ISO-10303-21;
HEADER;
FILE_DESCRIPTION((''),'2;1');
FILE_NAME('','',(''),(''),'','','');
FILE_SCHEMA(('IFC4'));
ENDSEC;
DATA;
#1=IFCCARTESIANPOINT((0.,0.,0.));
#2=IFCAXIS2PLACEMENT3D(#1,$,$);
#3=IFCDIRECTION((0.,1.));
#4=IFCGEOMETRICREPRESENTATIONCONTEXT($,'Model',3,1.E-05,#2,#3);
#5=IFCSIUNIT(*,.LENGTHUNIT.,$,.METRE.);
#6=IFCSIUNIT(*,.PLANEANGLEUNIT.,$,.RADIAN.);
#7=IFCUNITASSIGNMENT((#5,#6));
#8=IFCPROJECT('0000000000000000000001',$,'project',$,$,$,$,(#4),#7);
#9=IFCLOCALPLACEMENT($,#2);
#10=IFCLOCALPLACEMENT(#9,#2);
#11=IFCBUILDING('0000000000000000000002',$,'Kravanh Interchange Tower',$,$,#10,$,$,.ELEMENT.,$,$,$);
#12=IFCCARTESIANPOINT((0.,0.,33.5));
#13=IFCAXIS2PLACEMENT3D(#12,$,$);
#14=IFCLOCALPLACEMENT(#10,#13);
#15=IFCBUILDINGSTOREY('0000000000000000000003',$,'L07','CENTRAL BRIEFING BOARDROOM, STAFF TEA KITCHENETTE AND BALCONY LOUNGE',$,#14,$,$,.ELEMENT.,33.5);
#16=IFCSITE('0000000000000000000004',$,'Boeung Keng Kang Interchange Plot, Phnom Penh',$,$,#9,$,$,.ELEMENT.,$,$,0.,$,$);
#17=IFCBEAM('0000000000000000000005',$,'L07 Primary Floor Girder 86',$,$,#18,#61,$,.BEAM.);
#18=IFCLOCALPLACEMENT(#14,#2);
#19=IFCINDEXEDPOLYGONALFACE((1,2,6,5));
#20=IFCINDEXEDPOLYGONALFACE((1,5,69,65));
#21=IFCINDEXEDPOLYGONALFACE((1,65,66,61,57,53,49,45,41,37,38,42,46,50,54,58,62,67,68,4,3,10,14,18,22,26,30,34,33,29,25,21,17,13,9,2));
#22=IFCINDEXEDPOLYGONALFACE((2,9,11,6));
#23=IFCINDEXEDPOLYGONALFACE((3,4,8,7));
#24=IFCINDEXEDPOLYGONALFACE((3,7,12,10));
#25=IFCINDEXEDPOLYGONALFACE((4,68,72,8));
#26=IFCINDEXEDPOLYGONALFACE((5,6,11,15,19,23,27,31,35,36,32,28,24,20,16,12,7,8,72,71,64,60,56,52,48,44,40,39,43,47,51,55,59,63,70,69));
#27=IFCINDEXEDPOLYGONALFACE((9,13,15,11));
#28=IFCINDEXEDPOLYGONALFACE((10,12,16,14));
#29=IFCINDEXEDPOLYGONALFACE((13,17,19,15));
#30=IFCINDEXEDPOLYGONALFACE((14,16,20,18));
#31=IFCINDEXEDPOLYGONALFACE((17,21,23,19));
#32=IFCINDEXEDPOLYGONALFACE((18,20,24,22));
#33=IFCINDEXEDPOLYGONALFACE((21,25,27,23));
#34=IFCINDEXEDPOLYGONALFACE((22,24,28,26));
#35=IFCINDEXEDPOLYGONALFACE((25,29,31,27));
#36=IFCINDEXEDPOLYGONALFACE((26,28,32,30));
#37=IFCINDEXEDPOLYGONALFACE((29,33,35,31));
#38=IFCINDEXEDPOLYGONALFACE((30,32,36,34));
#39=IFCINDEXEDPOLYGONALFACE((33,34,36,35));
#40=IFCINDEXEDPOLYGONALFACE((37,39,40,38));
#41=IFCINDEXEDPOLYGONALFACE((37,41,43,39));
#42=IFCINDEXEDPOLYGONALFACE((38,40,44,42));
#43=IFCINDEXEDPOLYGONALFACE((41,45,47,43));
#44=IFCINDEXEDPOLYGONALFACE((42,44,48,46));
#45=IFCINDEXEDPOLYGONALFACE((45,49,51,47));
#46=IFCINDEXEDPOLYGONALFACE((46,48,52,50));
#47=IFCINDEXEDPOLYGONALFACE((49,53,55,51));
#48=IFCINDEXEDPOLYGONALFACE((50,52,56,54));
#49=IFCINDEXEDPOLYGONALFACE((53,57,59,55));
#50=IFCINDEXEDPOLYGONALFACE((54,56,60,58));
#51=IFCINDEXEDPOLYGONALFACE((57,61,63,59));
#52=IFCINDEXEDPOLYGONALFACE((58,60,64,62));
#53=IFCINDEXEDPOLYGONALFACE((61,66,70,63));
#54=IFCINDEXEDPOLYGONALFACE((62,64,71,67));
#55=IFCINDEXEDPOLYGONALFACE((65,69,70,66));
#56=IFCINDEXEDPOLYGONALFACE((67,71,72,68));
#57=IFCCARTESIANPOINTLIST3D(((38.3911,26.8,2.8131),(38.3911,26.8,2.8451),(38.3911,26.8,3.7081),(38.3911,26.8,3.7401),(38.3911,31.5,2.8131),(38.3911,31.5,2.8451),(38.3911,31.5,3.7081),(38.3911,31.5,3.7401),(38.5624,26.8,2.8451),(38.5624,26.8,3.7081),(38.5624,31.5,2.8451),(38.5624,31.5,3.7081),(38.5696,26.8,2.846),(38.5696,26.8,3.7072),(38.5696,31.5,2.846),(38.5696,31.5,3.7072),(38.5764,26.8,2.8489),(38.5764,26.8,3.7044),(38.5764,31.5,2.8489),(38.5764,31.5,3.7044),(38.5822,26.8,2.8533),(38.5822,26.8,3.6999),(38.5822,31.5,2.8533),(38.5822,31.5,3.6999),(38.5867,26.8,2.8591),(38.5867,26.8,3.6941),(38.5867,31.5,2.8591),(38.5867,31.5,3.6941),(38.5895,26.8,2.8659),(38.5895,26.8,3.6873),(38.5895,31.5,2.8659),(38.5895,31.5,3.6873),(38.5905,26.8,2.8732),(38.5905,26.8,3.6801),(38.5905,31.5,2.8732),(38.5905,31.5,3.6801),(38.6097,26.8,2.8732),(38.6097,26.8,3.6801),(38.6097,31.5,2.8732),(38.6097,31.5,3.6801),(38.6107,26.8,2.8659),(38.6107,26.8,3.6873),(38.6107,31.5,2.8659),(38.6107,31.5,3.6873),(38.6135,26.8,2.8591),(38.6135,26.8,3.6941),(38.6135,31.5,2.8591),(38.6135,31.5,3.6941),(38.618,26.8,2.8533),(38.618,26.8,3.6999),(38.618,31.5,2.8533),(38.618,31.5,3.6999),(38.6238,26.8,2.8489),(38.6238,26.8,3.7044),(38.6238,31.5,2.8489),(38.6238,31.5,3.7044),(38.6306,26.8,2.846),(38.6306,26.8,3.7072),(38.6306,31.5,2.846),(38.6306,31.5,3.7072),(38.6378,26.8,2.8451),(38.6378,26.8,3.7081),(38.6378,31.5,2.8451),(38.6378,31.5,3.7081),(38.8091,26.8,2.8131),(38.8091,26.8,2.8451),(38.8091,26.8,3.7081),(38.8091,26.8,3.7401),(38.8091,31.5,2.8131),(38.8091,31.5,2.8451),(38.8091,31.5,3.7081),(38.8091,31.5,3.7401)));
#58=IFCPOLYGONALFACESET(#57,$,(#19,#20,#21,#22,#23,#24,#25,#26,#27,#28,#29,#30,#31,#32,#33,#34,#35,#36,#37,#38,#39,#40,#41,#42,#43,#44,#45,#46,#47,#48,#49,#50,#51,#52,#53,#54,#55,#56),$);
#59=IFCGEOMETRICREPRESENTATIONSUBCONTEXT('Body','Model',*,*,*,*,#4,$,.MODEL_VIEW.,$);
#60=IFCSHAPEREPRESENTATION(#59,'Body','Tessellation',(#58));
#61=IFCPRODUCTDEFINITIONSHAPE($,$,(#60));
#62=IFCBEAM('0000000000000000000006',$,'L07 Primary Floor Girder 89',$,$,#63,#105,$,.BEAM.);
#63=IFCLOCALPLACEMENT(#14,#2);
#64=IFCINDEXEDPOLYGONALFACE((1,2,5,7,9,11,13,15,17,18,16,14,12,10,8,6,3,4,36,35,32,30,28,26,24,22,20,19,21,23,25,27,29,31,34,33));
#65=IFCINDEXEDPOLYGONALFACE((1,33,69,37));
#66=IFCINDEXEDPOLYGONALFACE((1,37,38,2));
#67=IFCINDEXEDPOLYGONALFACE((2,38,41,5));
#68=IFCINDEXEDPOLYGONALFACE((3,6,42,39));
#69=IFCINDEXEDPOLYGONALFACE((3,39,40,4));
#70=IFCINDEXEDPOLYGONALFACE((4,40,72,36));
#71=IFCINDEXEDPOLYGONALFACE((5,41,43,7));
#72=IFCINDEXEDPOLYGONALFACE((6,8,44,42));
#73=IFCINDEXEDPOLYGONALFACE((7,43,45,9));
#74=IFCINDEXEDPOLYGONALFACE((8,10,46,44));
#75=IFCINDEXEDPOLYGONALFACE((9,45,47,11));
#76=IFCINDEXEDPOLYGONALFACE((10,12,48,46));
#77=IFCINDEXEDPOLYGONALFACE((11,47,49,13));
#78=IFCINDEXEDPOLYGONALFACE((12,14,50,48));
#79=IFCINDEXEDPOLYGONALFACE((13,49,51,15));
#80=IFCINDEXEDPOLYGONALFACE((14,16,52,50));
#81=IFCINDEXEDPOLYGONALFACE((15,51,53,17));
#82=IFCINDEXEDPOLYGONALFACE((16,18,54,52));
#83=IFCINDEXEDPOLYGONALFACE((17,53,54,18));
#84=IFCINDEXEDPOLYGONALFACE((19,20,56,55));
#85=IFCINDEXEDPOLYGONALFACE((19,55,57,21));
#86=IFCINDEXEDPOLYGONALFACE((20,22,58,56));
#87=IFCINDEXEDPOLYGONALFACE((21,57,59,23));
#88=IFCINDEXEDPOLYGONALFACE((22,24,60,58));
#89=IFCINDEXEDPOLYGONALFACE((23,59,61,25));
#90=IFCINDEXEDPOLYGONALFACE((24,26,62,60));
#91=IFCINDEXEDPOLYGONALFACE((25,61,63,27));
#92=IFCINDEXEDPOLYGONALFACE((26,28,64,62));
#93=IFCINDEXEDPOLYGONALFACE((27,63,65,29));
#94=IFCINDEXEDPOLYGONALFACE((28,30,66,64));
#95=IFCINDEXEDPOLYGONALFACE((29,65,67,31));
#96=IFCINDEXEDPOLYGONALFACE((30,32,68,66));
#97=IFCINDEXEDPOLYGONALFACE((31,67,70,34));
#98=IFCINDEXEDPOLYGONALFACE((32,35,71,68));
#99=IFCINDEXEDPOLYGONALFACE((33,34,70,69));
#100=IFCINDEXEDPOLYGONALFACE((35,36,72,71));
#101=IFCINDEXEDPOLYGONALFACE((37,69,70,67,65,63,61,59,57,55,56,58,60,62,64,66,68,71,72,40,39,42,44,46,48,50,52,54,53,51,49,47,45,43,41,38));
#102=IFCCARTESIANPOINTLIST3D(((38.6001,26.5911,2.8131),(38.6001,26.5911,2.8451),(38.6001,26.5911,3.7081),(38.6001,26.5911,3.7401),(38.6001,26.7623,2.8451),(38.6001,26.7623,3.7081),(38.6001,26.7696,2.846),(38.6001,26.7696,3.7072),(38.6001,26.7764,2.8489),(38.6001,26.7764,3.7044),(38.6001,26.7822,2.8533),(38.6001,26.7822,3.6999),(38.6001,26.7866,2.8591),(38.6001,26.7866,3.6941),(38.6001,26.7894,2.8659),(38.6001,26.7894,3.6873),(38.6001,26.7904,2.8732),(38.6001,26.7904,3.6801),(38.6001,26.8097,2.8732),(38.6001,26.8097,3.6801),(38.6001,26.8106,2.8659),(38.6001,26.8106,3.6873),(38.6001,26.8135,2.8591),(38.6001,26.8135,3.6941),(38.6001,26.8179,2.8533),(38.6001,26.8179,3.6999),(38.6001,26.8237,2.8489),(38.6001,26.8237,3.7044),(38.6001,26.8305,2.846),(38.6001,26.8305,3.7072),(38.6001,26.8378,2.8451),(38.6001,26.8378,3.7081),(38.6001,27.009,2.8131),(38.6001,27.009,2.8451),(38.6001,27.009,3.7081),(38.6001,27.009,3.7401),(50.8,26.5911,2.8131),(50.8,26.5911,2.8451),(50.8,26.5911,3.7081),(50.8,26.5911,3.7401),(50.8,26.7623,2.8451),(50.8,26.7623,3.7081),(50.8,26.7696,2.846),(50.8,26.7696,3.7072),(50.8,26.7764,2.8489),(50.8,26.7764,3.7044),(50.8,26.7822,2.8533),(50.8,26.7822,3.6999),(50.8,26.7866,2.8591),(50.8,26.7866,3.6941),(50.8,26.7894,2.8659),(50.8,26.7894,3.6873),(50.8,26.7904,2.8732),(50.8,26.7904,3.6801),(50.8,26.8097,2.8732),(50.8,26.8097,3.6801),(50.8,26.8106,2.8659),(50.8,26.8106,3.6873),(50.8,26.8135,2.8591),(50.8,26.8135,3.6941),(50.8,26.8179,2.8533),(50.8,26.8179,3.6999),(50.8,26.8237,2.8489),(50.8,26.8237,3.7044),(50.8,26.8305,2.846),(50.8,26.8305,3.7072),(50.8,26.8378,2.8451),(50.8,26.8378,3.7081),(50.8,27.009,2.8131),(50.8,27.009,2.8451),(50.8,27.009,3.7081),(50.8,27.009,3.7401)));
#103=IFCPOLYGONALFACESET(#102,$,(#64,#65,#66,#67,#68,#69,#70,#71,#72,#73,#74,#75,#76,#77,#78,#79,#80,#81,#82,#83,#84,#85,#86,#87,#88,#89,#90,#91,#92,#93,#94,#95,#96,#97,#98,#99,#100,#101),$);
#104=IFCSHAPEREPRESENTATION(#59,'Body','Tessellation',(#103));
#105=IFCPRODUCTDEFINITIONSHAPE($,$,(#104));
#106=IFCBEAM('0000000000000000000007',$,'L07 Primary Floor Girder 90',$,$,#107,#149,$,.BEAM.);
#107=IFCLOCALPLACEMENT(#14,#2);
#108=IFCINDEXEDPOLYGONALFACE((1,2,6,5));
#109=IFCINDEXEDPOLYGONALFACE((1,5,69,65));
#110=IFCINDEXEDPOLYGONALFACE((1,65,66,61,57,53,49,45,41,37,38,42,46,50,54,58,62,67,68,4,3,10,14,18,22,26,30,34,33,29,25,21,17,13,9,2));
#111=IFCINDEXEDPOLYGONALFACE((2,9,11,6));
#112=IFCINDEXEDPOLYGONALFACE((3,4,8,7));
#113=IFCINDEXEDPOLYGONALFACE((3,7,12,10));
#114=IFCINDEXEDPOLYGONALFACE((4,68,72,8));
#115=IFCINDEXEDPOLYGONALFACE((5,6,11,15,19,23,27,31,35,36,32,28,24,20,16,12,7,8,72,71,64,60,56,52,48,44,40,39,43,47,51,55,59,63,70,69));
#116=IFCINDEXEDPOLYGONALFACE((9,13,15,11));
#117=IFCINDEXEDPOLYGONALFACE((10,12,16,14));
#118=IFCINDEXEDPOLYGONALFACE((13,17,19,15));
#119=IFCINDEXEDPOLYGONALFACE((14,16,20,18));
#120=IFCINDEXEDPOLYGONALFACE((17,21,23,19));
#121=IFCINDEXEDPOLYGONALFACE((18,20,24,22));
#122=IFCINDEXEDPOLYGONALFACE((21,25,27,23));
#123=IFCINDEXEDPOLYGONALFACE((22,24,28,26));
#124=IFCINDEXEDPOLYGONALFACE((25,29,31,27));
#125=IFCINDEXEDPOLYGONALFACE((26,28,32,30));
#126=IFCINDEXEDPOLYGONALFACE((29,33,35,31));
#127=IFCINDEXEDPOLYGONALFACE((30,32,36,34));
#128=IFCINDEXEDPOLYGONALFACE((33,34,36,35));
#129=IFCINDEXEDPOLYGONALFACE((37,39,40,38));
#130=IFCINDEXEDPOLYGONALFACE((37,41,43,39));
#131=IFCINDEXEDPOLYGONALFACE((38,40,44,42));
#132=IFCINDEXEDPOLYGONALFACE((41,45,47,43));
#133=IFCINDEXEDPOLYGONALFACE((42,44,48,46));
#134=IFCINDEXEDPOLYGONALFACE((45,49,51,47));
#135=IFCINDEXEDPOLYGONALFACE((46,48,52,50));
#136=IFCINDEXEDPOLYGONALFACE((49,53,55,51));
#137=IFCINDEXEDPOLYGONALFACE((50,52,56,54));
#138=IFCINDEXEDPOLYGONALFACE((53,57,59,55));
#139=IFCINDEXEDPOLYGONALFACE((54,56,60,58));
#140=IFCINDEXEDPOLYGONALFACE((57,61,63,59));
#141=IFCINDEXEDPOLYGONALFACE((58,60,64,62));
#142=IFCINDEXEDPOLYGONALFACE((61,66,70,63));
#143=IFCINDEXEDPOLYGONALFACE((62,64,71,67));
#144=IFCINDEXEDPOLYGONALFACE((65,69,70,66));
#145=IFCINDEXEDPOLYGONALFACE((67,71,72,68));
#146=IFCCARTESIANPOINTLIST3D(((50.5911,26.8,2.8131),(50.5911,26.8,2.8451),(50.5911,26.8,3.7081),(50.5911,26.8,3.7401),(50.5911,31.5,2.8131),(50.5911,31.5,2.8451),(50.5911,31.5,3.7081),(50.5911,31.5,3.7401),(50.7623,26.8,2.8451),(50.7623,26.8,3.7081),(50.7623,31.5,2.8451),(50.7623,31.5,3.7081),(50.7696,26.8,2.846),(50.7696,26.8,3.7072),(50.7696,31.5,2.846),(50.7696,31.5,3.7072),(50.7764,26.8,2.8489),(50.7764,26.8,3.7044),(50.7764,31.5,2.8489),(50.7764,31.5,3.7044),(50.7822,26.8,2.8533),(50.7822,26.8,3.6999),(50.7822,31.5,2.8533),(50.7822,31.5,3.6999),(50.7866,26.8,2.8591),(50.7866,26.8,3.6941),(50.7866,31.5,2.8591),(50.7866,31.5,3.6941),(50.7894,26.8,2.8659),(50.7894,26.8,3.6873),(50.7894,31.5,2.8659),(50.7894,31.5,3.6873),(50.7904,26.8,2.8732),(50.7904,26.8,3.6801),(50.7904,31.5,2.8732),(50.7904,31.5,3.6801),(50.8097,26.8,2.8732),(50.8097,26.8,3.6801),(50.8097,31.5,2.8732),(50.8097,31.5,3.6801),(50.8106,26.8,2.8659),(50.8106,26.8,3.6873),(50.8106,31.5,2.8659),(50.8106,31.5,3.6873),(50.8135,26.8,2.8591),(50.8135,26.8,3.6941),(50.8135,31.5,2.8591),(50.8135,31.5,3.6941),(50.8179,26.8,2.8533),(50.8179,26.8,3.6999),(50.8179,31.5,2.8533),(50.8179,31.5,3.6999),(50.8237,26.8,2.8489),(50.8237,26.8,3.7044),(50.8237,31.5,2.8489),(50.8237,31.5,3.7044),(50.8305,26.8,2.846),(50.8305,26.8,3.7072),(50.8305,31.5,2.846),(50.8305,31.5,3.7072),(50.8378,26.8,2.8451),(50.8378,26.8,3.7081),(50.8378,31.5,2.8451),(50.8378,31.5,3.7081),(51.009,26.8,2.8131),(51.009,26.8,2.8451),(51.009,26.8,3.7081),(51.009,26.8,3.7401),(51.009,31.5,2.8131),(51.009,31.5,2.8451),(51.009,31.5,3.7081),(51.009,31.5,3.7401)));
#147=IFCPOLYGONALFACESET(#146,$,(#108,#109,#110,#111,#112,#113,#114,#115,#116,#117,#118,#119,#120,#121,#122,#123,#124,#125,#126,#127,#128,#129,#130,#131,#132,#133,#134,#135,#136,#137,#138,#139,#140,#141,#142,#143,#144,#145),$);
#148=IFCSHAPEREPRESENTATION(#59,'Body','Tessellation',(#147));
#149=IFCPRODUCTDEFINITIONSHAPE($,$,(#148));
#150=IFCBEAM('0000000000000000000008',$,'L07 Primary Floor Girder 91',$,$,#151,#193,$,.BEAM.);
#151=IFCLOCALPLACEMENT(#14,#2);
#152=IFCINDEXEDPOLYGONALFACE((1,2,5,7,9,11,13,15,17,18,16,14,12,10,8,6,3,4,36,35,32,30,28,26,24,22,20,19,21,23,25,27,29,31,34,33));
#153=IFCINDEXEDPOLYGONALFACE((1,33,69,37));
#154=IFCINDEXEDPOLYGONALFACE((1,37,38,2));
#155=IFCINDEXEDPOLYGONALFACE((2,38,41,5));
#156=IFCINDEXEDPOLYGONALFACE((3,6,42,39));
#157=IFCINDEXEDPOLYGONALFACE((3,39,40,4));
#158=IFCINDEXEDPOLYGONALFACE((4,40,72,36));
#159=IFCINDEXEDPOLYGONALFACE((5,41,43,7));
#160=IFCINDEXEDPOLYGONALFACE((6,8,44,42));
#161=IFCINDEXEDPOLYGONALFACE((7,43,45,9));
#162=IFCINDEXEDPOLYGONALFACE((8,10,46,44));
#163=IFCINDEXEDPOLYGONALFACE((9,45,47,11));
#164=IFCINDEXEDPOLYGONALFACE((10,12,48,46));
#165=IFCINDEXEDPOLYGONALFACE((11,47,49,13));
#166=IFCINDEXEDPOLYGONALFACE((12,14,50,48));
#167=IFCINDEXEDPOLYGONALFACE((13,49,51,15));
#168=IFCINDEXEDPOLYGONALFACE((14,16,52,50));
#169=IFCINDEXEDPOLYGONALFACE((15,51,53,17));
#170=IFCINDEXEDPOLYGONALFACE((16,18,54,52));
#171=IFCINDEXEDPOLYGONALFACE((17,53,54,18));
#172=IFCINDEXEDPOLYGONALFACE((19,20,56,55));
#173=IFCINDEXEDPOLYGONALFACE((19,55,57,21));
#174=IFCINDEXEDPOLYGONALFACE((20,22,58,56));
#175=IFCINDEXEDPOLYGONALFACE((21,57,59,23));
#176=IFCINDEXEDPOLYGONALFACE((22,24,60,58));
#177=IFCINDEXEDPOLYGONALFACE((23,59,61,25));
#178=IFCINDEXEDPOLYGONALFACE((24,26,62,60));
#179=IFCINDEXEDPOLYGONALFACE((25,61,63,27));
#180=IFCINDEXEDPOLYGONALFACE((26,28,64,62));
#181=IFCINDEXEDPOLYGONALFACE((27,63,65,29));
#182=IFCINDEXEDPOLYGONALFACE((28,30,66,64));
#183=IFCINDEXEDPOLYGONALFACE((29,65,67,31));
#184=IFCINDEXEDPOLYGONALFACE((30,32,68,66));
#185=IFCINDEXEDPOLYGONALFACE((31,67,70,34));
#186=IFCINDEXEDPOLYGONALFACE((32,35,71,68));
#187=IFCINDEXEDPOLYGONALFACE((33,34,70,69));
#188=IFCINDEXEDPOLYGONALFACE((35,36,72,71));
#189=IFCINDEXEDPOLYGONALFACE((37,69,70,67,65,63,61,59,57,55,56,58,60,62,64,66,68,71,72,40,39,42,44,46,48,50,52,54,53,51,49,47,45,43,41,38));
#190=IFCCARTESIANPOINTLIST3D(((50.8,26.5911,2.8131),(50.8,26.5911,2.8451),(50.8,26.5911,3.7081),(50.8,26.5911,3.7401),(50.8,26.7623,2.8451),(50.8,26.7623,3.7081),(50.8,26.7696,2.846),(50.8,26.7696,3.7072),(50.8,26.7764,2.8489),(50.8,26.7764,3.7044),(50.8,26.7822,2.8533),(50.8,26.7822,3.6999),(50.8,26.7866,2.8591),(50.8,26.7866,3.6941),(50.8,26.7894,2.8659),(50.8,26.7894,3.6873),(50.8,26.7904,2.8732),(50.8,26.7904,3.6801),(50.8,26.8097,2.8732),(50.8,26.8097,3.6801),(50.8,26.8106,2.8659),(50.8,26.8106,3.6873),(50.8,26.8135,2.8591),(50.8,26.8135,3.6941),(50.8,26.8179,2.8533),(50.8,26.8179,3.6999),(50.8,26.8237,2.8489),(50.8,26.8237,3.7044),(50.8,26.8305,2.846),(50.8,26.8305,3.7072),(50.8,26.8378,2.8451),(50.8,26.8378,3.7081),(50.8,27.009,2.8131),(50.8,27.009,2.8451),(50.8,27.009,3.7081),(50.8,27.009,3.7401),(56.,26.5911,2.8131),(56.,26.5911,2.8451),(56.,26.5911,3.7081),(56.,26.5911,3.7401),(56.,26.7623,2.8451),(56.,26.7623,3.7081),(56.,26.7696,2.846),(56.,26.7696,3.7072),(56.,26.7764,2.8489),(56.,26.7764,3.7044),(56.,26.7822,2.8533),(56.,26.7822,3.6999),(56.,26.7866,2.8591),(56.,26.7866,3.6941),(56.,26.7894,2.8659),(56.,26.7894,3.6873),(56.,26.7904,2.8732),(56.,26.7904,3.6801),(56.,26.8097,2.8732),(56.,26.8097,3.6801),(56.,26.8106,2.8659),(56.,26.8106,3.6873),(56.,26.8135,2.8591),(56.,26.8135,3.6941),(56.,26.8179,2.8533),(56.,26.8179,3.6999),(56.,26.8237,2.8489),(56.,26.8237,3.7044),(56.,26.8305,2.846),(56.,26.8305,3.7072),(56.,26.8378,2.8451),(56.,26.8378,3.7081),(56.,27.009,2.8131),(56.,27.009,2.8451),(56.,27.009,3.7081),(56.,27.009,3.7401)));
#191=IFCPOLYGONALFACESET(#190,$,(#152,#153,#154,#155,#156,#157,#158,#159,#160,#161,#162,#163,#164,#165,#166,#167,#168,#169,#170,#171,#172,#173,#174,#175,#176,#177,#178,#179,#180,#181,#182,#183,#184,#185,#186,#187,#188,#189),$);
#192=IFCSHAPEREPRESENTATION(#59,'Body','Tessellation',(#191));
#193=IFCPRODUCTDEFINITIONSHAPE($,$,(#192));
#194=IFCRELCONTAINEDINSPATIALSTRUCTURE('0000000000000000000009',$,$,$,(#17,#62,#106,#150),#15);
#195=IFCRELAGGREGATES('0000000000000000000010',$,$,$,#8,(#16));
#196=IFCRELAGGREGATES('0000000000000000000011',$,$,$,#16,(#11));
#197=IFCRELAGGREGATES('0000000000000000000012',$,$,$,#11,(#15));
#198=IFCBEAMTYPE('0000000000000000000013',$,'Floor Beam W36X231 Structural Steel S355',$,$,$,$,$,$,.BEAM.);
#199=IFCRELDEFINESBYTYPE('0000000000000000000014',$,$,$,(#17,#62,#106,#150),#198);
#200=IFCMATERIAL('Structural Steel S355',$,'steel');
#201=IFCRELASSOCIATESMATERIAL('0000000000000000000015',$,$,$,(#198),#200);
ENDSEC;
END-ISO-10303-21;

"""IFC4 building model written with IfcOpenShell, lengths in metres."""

from ifc_helpers import new_model, si_unit, direction, frame, origin, origin_2d, place, context, subcontext, project, spatial, i_section, extrude, material, material_profile, profile_set, type_object, element, save


model = new_model("IFC4")

# Units and contexts
model_context = context("Model", 3, precision=1e-05, world=origin(), true_north=direction((0.0, 1.0)))
body_context = subcontext(model_context, "Body", "Model", "MODEL_VIEW")
ifc_project = project(units=[si_unit("LENGTHUNIT", "METRE"), si_unit("PLANEANGLEUNIT", "RADIAN")], contexts=[model_context])

# Site, building, storey
site_placement = place(None, origin())
site = spatial("IfcSite", under=ifc_project, at=site_placement, Name="Boeung Keng Kang Interchange Plot, Phnom Penh", CompositionType="ELEMENT", RefElevation=0.0)
building_placement = place(site_placement, origin())
building = spatial("IfcBuilding", under=site, at=building_placement, Name="Kravanh Interchange Tower", CompositionType="ELEMENT")
storey_placement = place(building_placement, frame((0.0, 0.0, 33.5)))
storey = spatial("IfcBuildingStorey", under=building, at=storey_placement, Name="L07", Description="CENTRAL BRIEFING BOARDROOM, STAFF TEA KITCHENETTE AND BALCONY LOUNGE", CompositionType="ELEMENT", Elevation=33.5)

# Beams
ifc_material_1 = material(Name="Structural Steel S355", Category="steel")
ifc_material_profile_1 = material_profile(ifc_material_1, i_section(OverallWidth=0.418, OverallDepth=0.927, WebThickness=0.0193, FlangeThickness=0.032, FilletRadius=0.0281, at=origin_2d()), Name="W36X231")
ifc_profile_set_1 = profile_set([ifc_material_profile_1], Name="Structural Steel S355")
beam_type_1 = type_object("IfcBeamType", Name="Floor Beam W36X231 Structural Steel S355", PredefinedType="BEAM", material=ifc_profile_set_1)
beam_1_placement = place(storey_placement, frame((38.6001, 26.8, 3.2766), z_axis=(0.0, 1.0, 0.0), x_axis=(-1.0, 0.0, 0.0)))
element("IfcBeam", 1, at=beam_1_placement, inside=storey, type_object=beam_type_1, Name="L07 Primary Floor Girder 86", PredefinedType="BEAM", context=body_context, shape_type="SweptSolid", body=[
    extrude(i_section(OverallWidth=0.418, OverallDepth=0.927, WebThickness=0.0193, FlangeThickness=0.032, FilletRadius=0.0281, at=origin_2d()), origin(), (0.0, 0.0, 1.0), 4.7),
])
beam_2_placement = place(storey_placement, frame((38.6001, 26.8, 3.2766), z_axis=(1.0, 0.0, 0.0), x_axis=(0.0, 1.0, 0.0)))
element("IfcBeam", 2, at=beam_2_placement, inside=storey, type_object=beam_type_1, Name="L07 Primary Floor Girder 89", PredefinedType="BEAM", context=body_context, shape_type="SweptSolid", body=[
    extrude(i_section(OverallWidth=0.418, OverallDepth=0.927, WebThickness=0.0193, FlangeThickness=0.032, FilletRadius=0.0281, at=origin_2d()), origin(), (0.0, 0.0, 1.0), 12.2),
])
beam_3_placement = place(storey_placement, frame((50.8, 26.8, 3.2766), z_axis=(0.0, 1.0, 0.0), x_axis=(-1.0, 0.0, 0.0)))
element("IfcBeam", 3, at=beam_3_placement, inside=storey, type_object=beam_type_1, Name="L07 Primary Floor Girder 90", PredefinedType="BEAM", context=body_context, shape_type="SweptSolid", body=[
    extrude(i_section(OverallWidth=0.418, OverallDepth=0.927, WebThickness=0.0193, FlangeThickness=0.032, FilletRadius=0.0281, at=origin_2d()), origin(), (0.0, 0.0, 1.0), 4.7),
])
beam_4_placement = place(storey_placement, frame((50.8, 26.8, 3.2766), z_axis=(1.0, 0.0, 0.0), x_axis=(0.0, 1.0, 0.0)))
element("IfcBeam", 4, at=beam_4_placement, inside=storey, type_object=beam_type_1, Name="L07 Primary Floor Girder 91", PredefinedType="BEAM", context=body_context, shape_type="SweptSolid", body=[
    extrude(i_section(OverallWidth=0.418, OverallDepth=0.927, WebThickness=0.0193, FlangeThickness=0.032, FilletRadius=0.0281, at=origin_2d()), origin(), (0.0, 0.0, 1.0), 5.2),
])

save(model, "model.ifc")
